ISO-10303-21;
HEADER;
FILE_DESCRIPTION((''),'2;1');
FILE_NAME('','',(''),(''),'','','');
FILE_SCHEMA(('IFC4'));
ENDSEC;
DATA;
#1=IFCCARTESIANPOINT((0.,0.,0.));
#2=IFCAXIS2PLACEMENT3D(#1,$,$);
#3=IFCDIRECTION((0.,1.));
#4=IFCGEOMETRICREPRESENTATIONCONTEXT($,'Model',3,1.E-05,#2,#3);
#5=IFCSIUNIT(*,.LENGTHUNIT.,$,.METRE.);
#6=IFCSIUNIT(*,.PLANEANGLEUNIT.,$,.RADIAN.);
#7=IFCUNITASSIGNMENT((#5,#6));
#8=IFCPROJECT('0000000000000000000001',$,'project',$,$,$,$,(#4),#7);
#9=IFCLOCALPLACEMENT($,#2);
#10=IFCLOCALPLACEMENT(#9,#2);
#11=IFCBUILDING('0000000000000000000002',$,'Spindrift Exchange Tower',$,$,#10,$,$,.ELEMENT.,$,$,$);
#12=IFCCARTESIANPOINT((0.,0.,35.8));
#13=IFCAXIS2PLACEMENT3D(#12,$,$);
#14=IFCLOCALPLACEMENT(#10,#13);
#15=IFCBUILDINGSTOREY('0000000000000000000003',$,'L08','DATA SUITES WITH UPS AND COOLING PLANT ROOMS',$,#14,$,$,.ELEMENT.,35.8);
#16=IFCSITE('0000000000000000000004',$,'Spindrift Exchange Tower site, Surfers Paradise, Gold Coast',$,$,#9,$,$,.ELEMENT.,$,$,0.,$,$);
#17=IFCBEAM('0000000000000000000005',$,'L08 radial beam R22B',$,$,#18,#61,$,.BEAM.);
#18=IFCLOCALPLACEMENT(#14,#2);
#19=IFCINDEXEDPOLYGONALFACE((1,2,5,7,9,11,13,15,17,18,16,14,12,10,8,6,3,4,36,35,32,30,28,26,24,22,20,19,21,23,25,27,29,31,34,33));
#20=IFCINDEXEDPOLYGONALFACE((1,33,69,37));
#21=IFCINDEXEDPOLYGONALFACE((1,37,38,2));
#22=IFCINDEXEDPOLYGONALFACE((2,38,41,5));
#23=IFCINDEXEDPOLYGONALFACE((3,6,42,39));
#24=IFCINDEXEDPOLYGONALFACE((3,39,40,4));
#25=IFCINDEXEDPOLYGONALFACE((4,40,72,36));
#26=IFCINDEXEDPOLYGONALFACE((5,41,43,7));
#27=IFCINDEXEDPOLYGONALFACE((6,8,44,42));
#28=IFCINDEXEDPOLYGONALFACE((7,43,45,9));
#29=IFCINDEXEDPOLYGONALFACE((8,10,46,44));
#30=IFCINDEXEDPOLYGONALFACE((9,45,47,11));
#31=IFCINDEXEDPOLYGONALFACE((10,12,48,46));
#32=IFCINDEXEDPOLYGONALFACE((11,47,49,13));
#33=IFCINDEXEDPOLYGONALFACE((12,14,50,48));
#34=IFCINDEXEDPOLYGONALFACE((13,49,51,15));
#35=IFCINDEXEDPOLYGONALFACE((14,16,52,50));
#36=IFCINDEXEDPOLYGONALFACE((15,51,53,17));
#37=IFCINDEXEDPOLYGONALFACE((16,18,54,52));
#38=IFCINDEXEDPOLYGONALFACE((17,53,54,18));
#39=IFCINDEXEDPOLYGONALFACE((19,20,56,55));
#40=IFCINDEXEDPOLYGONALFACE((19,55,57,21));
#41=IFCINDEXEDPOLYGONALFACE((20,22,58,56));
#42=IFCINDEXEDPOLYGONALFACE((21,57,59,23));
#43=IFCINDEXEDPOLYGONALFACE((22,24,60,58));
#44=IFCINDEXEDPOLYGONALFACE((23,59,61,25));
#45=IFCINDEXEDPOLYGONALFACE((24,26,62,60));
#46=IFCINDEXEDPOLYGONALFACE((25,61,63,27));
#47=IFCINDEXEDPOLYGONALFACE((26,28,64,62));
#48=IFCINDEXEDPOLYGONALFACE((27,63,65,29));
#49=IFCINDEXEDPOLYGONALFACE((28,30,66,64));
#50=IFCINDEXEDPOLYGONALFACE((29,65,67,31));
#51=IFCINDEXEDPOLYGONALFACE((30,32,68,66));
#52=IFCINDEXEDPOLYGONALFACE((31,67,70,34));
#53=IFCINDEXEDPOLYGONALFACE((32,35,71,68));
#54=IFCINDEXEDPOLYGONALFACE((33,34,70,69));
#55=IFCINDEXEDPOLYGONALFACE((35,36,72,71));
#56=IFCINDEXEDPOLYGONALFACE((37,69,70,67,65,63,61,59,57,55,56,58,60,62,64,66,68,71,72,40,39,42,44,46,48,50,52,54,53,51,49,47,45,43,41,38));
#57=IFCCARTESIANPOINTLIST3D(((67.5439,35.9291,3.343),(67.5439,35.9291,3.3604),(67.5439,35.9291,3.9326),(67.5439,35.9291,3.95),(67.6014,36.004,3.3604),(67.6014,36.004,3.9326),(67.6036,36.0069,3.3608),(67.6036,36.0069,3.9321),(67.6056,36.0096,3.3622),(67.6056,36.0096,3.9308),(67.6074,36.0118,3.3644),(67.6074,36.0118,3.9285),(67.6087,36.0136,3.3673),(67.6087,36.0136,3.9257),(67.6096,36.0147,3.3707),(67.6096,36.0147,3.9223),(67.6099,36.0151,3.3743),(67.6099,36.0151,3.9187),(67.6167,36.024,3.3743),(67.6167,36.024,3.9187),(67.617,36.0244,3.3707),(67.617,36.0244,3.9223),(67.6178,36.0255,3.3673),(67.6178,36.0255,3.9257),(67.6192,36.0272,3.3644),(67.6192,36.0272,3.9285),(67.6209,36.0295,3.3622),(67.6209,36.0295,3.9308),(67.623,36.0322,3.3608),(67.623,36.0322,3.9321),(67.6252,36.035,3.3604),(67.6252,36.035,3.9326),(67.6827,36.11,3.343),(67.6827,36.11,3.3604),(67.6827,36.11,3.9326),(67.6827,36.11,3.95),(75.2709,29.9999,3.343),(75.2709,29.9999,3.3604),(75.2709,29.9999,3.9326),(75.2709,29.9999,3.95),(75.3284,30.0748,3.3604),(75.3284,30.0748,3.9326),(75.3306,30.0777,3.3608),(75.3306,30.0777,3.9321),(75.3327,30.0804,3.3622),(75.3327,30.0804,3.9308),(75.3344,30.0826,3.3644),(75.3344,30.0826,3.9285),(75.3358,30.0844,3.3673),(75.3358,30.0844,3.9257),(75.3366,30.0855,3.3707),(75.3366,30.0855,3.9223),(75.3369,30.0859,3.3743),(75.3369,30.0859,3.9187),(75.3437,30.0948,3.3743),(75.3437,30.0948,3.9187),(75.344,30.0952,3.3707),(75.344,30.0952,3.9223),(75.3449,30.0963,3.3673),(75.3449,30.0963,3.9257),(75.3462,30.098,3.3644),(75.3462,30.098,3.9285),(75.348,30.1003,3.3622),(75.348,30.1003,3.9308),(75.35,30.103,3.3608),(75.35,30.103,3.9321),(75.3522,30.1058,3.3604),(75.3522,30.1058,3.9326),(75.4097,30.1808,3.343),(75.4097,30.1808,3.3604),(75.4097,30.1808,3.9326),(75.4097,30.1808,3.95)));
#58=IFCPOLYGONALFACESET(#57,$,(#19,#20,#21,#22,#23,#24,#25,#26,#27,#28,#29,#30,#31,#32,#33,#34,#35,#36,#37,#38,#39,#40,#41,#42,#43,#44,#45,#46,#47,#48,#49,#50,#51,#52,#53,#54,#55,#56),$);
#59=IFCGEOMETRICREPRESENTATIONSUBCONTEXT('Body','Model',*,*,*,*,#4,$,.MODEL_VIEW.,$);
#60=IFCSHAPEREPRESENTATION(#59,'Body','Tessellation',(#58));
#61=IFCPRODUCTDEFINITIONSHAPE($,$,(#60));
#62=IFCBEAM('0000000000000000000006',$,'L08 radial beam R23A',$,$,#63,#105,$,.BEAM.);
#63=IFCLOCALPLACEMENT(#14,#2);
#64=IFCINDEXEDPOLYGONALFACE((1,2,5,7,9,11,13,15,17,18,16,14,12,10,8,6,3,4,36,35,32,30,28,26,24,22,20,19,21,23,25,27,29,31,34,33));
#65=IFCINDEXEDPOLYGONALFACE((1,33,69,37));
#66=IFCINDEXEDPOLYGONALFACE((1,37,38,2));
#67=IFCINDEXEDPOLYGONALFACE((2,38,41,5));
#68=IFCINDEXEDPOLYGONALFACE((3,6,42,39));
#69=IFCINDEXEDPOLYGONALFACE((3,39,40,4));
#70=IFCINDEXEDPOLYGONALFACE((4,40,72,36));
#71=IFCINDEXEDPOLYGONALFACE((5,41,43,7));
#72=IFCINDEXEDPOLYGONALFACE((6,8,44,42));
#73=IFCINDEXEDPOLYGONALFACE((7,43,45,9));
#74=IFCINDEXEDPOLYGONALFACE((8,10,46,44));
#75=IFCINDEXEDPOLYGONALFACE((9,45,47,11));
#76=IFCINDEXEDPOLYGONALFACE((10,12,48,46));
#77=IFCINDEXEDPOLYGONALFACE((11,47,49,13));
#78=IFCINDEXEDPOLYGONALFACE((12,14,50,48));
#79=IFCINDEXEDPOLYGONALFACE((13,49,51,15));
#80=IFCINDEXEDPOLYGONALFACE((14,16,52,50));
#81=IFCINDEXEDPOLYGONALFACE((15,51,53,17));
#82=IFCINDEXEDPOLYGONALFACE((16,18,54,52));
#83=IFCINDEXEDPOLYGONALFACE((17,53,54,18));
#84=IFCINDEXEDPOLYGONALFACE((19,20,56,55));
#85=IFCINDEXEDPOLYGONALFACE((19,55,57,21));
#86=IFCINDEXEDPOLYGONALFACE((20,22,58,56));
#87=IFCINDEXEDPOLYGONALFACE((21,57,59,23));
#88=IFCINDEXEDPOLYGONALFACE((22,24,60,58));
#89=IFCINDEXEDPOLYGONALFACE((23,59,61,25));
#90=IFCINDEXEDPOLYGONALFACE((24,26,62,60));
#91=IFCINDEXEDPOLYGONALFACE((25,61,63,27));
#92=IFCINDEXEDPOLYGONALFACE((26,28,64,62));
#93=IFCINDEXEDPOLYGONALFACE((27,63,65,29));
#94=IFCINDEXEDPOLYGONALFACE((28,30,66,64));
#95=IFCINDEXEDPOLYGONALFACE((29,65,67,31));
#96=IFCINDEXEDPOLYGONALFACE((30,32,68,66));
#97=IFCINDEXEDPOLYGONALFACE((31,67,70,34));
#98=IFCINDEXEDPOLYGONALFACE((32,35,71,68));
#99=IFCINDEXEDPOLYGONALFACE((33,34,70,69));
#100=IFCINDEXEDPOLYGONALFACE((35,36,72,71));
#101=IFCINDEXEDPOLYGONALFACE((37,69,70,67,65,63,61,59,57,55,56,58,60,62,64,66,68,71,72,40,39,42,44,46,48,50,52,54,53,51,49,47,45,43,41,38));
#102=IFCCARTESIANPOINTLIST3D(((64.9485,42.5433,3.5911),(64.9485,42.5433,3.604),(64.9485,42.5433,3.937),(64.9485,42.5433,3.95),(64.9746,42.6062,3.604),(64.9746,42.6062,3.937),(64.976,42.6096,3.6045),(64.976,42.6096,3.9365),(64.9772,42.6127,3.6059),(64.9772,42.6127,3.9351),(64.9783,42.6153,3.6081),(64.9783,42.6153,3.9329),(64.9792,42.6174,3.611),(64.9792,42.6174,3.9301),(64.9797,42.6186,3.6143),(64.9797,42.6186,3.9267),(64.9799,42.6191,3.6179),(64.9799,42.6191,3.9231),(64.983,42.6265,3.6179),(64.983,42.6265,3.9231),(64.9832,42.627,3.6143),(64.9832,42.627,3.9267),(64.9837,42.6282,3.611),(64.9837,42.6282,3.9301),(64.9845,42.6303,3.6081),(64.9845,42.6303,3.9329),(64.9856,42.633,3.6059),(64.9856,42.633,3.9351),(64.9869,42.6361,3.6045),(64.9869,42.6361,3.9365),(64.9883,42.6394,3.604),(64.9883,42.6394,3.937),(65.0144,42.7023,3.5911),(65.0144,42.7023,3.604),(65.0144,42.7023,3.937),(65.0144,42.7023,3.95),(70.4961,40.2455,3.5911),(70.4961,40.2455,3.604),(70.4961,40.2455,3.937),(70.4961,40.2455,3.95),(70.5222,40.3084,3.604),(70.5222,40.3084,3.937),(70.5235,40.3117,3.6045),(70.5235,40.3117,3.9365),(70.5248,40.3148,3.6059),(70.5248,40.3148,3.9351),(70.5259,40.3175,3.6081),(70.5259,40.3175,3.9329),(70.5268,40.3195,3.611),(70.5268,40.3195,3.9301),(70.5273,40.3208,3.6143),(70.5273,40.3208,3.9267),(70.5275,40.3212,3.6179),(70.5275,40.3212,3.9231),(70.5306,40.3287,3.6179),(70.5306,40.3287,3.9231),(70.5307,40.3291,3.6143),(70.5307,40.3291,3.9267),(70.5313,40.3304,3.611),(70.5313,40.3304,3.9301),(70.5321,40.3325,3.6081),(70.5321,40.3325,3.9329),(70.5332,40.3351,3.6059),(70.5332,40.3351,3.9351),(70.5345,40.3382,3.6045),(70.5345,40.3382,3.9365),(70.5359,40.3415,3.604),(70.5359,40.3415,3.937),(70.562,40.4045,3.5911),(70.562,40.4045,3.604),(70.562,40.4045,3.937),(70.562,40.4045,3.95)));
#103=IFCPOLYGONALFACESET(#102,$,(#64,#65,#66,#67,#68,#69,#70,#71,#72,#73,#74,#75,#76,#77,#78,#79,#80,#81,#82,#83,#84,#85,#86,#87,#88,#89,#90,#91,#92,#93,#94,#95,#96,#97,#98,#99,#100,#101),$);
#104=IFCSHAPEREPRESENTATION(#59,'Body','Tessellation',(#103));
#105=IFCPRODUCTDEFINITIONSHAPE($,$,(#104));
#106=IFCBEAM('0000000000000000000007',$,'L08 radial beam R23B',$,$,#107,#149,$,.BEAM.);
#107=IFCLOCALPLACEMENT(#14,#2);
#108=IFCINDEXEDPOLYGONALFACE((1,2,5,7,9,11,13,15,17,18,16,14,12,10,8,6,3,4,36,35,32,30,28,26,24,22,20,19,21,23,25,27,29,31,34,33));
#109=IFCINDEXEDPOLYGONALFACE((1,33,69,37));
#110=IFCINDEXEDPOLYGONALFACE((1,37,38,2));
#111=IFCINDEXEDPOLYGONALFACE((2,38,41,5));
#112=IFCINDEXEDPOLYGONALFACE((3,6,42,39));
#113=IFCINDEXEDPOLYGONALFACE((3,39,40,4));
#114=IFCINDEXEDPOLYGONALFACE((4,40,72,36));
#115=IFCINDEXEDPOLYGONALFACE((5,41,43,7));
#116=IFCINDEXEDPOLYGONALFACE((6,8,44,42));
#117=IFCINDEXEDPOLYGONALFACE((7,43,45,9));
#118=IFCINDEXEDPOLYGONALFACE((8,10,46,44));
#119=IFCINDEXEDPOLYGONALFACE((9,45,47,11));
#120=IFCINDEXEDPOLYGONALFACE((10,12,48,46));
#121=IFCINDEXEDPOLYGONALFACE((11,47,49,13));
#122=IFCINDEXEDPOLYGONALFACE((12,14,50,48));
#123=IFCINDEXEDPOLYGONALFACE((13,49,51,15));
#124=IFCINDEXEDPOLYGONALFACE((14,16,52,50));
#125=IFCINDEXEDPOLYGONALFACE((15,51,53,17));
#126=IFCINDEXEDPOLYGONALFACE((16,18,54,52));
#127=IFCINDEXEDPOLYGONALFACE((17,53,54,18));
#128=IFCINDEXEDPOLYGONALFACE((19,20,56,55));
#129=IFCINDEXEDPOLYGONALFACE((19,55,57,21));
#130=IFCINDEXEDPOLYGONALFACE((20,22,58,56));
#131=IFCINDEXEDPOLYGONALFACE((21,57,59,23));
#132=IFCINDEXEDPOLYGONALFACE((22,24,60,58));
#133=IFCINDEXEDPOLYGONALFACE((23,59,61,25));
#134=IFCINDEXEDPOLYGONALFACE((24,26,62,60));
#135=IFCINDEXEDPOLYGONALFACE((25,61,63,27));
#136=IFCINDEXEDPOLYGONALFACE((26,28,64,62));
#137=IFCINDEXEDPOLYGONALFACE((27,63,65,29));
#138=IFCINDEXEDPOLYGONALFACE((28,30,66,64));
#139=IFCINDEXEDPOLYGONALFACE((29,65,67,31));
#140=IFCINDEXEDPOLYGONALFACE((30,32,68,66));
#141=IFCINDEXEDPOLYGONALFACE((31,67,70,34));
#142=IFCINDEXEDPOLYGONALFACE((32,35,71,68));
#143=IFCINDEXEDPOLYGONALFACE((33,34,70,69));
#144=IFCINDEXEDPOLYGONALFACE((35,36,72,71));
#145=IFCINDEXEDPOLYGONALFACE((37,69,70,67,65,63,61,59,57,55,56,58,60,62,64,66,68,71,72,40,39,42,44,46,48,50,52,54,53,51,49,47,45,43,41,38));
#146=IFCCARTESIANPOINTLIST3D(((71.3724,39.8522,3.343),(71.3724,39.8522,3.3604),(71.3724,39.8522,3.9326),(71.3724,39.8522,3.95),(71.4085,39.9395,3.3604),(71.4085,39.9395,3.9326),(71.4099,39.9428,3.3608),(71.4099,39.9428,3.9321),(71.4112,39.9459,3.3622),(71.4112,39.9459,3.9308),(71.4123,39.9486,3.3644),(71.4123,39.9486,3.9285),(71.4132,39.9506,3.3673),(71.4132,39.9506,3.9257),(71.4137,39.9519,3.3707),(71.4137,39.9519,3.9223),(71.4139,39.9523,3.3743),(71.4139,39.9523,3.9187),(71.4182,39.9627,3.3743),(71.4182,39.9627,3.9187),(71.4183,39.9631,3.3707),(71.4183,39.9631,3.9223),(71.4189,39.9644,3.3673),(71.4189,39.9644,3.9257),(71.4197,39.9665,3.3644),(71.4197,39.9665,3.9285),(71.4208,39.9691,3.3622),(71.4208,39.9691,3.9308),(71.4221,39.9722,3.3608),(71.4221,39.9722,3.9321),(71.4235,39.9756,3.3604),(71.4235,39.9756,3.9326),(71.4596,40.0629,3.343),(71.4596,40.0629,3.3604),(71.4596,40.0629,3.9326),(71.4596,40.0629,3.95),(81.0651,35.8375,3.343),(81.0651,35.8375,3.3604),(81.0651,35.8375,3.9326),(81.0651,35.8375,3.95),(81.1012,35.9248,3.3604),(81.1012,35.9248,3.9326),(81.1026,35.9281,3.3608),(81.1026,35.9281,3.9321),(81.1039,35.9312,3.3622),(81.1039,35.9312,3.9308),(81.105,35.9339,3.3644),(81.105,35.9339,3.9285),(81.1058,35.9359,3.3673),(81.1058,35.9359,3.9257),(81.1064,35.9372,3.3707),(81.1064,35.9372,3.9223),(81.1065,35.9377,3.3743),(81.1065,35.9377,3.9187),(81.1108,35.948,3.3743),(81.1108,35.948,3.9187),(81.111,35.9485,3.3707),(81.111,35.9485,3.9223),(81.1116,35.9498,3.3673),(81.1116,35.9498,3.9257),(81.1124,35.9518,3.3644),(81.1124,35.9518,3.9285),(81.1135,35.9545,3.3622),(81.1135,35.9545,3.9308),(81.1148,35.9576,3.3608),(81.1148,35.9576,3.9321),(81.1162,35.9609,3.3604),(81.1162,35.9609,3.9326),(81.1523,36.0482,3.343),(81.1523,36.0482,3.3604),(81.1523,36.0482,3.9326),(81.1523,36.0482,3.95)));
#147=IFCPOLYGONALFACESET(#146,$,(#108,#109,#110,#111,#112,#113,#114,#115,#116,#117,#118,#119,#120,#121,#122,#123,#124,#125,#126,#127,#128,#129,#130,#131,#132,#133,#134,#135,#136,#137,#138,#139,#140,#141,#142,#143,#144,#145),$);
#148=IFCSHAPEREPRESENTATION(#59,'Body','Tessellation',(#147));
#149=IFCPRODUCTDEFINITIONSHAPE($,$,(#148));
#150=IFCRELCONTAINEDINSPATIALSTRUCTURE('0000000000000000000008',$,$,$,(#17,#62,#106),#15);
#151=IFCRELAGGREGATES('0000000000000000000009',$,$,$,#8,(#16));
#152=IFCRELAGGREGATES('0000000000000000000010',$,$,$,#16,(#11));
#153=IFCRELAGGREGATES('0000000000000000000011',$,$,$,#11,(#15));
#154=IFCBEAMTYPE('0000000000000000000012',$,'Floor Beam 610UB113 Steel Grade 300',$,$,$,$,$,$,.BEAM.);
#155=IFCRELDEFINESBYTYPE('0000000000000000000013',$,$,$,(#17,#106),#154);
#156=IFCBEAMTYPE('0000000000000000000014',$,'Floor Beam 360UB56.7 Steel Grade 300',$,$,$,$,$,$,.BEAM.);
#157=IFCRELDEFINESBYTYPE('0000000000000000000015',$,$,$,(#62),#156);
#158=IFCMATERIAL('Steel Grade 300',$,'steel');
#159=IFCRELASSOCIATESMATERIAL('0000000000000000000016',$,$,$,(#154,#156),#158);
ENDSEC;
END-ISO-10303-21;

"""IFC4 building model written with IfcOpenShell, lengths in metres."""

from ifc_helpers import new_model, si_unit, direction, frame, origin, origin_2d, place, context, subcontext, project, spatial, i_section, extrude, source, transform, mapped, material, material_profile, profile_set, type_object, element, save


model = new_model("IFC4")

# Units and contexts
model_context = context("Model", 3, precision=1e-05, world=origin(), true_north=direction((0.0, 1.0)))
body_context = subcontext(model_context, "Body", "Model", "MODEL_VIEW")
ifc_project = project(units=[si_unit("LENGTHUNIT", "METRE"), si_unit("PLANEANGLEUNIT", "RADIAN")], contexts=[model_context])

# Site, building, storey
site_placement = place(None, origin())
site = spatial("IfcSite", under=ifc_project, at=site_placement, Name="Spindrift Exchange Tower site, Surfers Paradise, Gold Coast", CompositionType="ELEMENT", RefElevation=0.0)
building_placement = place(site_placement, origin())
building = spatial("IfcBuilding", under=site, at=building_placement, Name="Spindrift Exchange Tower", CompositionType="ELEMENT")
storey_placement = place(building_placement, frame((0.0, 0.0, 35.8)))
storey = spatial("IfcBuildingStorey", under=building, at=storey_placement, Name="L08", Description="DATA SUITES WITH UPS AND COOLING PLANT ROOMS", CompositionType="ELEMENT", Elevation=35.8)

# Beams
ifc_material_1 = material(Name="Steel Grade 300", Category="steel")
ifc_material_profile_1 = material_profile(ifc_material_1, i_section(OverallWidth=0.228, OverallDepth=0.6069, WebThickness=0.0112, FlangeThickness=0.0173, FilletRadius=0.0139, at=origin_2d()), Name="610UB113")
ifc_profile_set_1 = profile_set([ifc_material_profile_1], Name="Steel Grade 300")
beam_type_1 = type_object("IfcBeamType", Name="Floor Beam 610UB113 Steel Grade 300", PredefinedType="BEAM", material=ifc_profile_set_1)
shared_shape_1 = source(origin(), body_context, "Body", "SweptSolid", [
    extrude(i_section(OverallWidth=0.228, OverallDepth=0.6069, WebThickness=0.0112, FlangeThickness=0.0173, FilletRadius=0.0139, at=origin_2d()), origin(), (0.0, 0.0, 1.0), 9.7397),
])
beam_1_placement = place(storey_placement, frame((67.6133, 36.0195, 3.6465), z_axis=(0.793352, -0.608763, 0.0), x_axis=(0.608763, 0.793352, 0.0)))
element("IfcBeam", 1, at=beam_1_placement, inside=storey, type_object=beam_type_1, Name="L08 radial beam R22B", PredefinedType="BEAM", context=body_context, shape_type="MappedRepresentation", body=[
    mapped(shared_shape_1, transform((0.0, 0.0, 0.0), scale=1.0)),
])
ifc_material_profile_2 = material_profile(ifc_material_1, i_section(OverallWidth=0.1721, OverallDepth=0.3589, WebThickness=0.0081, FlangeThickness=0.0129, FilletRadius=0.0139, at=origin_2d()), Name="360UB56.7")
ifc_profile_set_2 = profile_set([ifc_material_profile_2], Name="Steel Grade 300")
beam_type_2 = type_object("IfcBeamType", Name="Floor Beam 360UB56.7 Steel Grade 300", PredefinedType="BEAM", material=ifc_profile_set_2)
shared_shape_2 = source(origin(), body_context, "Body", "SweptSolid", [
    extrude(i_section(OverallWidth=0.1721, OverallDepth=0.3589, WebThickness=0.0081, FlangeThickness=0.0129, FilletRadius=0.0139, at=origin_2d()), origin(), (0.0, 0.0, 1.0), 6.0046),
])
beam_2_placement = place(storey_placement, frame((64.9814, 42.6228, 3.7705), z_axis=(0.923882, -0.382677, 0.0), x_axis=(0.382677, 0.923882, 0.0)))
element("IfcBeam", 2, at=beam_2_placement, inside=storey, type_object=beam_type_2, Name="L08 radial beam R23A", PredefinedType="BEAM", context=body_context, shape_type="MappedRepresentation", body=[
    mapped(shared_shape_2, transform((0.0, 0.0, 0.0), scale=1.0)),
])
shared_shape_3 = source(origin(), body_context, "Body", "SweptSolid", [
    extrude(i_section(OverallWidth=0.228, OverallDepth=0.6069, WebThickness=0.0112, FlangeThickness=0.0173, FilletRadius=0.0139, at=origin_2d()), origin(), (0.0, 0.0, 1.0), 10.4912),
])
beam_3_placement = place(storey_placement, frame((71.416, 39.9575, 3.6465), z_axis=(0.923885, -0.38267, 0.0), x_axis=(0.38267, 0.923885, 0.0)))
element("IfcBeam", 3, at=beam_3_placement, inside=storey, type_object=beam_type_1, Name="L08 radial beam R23B", PredefinedType="BEAM", context=body_context, shape_type="MappedRepresentation", body=[
    mapped(shared_shape_3, transform((0.0, 0.0, 0.0), scale=1.0)),
])

save(model, "model.ifc")
